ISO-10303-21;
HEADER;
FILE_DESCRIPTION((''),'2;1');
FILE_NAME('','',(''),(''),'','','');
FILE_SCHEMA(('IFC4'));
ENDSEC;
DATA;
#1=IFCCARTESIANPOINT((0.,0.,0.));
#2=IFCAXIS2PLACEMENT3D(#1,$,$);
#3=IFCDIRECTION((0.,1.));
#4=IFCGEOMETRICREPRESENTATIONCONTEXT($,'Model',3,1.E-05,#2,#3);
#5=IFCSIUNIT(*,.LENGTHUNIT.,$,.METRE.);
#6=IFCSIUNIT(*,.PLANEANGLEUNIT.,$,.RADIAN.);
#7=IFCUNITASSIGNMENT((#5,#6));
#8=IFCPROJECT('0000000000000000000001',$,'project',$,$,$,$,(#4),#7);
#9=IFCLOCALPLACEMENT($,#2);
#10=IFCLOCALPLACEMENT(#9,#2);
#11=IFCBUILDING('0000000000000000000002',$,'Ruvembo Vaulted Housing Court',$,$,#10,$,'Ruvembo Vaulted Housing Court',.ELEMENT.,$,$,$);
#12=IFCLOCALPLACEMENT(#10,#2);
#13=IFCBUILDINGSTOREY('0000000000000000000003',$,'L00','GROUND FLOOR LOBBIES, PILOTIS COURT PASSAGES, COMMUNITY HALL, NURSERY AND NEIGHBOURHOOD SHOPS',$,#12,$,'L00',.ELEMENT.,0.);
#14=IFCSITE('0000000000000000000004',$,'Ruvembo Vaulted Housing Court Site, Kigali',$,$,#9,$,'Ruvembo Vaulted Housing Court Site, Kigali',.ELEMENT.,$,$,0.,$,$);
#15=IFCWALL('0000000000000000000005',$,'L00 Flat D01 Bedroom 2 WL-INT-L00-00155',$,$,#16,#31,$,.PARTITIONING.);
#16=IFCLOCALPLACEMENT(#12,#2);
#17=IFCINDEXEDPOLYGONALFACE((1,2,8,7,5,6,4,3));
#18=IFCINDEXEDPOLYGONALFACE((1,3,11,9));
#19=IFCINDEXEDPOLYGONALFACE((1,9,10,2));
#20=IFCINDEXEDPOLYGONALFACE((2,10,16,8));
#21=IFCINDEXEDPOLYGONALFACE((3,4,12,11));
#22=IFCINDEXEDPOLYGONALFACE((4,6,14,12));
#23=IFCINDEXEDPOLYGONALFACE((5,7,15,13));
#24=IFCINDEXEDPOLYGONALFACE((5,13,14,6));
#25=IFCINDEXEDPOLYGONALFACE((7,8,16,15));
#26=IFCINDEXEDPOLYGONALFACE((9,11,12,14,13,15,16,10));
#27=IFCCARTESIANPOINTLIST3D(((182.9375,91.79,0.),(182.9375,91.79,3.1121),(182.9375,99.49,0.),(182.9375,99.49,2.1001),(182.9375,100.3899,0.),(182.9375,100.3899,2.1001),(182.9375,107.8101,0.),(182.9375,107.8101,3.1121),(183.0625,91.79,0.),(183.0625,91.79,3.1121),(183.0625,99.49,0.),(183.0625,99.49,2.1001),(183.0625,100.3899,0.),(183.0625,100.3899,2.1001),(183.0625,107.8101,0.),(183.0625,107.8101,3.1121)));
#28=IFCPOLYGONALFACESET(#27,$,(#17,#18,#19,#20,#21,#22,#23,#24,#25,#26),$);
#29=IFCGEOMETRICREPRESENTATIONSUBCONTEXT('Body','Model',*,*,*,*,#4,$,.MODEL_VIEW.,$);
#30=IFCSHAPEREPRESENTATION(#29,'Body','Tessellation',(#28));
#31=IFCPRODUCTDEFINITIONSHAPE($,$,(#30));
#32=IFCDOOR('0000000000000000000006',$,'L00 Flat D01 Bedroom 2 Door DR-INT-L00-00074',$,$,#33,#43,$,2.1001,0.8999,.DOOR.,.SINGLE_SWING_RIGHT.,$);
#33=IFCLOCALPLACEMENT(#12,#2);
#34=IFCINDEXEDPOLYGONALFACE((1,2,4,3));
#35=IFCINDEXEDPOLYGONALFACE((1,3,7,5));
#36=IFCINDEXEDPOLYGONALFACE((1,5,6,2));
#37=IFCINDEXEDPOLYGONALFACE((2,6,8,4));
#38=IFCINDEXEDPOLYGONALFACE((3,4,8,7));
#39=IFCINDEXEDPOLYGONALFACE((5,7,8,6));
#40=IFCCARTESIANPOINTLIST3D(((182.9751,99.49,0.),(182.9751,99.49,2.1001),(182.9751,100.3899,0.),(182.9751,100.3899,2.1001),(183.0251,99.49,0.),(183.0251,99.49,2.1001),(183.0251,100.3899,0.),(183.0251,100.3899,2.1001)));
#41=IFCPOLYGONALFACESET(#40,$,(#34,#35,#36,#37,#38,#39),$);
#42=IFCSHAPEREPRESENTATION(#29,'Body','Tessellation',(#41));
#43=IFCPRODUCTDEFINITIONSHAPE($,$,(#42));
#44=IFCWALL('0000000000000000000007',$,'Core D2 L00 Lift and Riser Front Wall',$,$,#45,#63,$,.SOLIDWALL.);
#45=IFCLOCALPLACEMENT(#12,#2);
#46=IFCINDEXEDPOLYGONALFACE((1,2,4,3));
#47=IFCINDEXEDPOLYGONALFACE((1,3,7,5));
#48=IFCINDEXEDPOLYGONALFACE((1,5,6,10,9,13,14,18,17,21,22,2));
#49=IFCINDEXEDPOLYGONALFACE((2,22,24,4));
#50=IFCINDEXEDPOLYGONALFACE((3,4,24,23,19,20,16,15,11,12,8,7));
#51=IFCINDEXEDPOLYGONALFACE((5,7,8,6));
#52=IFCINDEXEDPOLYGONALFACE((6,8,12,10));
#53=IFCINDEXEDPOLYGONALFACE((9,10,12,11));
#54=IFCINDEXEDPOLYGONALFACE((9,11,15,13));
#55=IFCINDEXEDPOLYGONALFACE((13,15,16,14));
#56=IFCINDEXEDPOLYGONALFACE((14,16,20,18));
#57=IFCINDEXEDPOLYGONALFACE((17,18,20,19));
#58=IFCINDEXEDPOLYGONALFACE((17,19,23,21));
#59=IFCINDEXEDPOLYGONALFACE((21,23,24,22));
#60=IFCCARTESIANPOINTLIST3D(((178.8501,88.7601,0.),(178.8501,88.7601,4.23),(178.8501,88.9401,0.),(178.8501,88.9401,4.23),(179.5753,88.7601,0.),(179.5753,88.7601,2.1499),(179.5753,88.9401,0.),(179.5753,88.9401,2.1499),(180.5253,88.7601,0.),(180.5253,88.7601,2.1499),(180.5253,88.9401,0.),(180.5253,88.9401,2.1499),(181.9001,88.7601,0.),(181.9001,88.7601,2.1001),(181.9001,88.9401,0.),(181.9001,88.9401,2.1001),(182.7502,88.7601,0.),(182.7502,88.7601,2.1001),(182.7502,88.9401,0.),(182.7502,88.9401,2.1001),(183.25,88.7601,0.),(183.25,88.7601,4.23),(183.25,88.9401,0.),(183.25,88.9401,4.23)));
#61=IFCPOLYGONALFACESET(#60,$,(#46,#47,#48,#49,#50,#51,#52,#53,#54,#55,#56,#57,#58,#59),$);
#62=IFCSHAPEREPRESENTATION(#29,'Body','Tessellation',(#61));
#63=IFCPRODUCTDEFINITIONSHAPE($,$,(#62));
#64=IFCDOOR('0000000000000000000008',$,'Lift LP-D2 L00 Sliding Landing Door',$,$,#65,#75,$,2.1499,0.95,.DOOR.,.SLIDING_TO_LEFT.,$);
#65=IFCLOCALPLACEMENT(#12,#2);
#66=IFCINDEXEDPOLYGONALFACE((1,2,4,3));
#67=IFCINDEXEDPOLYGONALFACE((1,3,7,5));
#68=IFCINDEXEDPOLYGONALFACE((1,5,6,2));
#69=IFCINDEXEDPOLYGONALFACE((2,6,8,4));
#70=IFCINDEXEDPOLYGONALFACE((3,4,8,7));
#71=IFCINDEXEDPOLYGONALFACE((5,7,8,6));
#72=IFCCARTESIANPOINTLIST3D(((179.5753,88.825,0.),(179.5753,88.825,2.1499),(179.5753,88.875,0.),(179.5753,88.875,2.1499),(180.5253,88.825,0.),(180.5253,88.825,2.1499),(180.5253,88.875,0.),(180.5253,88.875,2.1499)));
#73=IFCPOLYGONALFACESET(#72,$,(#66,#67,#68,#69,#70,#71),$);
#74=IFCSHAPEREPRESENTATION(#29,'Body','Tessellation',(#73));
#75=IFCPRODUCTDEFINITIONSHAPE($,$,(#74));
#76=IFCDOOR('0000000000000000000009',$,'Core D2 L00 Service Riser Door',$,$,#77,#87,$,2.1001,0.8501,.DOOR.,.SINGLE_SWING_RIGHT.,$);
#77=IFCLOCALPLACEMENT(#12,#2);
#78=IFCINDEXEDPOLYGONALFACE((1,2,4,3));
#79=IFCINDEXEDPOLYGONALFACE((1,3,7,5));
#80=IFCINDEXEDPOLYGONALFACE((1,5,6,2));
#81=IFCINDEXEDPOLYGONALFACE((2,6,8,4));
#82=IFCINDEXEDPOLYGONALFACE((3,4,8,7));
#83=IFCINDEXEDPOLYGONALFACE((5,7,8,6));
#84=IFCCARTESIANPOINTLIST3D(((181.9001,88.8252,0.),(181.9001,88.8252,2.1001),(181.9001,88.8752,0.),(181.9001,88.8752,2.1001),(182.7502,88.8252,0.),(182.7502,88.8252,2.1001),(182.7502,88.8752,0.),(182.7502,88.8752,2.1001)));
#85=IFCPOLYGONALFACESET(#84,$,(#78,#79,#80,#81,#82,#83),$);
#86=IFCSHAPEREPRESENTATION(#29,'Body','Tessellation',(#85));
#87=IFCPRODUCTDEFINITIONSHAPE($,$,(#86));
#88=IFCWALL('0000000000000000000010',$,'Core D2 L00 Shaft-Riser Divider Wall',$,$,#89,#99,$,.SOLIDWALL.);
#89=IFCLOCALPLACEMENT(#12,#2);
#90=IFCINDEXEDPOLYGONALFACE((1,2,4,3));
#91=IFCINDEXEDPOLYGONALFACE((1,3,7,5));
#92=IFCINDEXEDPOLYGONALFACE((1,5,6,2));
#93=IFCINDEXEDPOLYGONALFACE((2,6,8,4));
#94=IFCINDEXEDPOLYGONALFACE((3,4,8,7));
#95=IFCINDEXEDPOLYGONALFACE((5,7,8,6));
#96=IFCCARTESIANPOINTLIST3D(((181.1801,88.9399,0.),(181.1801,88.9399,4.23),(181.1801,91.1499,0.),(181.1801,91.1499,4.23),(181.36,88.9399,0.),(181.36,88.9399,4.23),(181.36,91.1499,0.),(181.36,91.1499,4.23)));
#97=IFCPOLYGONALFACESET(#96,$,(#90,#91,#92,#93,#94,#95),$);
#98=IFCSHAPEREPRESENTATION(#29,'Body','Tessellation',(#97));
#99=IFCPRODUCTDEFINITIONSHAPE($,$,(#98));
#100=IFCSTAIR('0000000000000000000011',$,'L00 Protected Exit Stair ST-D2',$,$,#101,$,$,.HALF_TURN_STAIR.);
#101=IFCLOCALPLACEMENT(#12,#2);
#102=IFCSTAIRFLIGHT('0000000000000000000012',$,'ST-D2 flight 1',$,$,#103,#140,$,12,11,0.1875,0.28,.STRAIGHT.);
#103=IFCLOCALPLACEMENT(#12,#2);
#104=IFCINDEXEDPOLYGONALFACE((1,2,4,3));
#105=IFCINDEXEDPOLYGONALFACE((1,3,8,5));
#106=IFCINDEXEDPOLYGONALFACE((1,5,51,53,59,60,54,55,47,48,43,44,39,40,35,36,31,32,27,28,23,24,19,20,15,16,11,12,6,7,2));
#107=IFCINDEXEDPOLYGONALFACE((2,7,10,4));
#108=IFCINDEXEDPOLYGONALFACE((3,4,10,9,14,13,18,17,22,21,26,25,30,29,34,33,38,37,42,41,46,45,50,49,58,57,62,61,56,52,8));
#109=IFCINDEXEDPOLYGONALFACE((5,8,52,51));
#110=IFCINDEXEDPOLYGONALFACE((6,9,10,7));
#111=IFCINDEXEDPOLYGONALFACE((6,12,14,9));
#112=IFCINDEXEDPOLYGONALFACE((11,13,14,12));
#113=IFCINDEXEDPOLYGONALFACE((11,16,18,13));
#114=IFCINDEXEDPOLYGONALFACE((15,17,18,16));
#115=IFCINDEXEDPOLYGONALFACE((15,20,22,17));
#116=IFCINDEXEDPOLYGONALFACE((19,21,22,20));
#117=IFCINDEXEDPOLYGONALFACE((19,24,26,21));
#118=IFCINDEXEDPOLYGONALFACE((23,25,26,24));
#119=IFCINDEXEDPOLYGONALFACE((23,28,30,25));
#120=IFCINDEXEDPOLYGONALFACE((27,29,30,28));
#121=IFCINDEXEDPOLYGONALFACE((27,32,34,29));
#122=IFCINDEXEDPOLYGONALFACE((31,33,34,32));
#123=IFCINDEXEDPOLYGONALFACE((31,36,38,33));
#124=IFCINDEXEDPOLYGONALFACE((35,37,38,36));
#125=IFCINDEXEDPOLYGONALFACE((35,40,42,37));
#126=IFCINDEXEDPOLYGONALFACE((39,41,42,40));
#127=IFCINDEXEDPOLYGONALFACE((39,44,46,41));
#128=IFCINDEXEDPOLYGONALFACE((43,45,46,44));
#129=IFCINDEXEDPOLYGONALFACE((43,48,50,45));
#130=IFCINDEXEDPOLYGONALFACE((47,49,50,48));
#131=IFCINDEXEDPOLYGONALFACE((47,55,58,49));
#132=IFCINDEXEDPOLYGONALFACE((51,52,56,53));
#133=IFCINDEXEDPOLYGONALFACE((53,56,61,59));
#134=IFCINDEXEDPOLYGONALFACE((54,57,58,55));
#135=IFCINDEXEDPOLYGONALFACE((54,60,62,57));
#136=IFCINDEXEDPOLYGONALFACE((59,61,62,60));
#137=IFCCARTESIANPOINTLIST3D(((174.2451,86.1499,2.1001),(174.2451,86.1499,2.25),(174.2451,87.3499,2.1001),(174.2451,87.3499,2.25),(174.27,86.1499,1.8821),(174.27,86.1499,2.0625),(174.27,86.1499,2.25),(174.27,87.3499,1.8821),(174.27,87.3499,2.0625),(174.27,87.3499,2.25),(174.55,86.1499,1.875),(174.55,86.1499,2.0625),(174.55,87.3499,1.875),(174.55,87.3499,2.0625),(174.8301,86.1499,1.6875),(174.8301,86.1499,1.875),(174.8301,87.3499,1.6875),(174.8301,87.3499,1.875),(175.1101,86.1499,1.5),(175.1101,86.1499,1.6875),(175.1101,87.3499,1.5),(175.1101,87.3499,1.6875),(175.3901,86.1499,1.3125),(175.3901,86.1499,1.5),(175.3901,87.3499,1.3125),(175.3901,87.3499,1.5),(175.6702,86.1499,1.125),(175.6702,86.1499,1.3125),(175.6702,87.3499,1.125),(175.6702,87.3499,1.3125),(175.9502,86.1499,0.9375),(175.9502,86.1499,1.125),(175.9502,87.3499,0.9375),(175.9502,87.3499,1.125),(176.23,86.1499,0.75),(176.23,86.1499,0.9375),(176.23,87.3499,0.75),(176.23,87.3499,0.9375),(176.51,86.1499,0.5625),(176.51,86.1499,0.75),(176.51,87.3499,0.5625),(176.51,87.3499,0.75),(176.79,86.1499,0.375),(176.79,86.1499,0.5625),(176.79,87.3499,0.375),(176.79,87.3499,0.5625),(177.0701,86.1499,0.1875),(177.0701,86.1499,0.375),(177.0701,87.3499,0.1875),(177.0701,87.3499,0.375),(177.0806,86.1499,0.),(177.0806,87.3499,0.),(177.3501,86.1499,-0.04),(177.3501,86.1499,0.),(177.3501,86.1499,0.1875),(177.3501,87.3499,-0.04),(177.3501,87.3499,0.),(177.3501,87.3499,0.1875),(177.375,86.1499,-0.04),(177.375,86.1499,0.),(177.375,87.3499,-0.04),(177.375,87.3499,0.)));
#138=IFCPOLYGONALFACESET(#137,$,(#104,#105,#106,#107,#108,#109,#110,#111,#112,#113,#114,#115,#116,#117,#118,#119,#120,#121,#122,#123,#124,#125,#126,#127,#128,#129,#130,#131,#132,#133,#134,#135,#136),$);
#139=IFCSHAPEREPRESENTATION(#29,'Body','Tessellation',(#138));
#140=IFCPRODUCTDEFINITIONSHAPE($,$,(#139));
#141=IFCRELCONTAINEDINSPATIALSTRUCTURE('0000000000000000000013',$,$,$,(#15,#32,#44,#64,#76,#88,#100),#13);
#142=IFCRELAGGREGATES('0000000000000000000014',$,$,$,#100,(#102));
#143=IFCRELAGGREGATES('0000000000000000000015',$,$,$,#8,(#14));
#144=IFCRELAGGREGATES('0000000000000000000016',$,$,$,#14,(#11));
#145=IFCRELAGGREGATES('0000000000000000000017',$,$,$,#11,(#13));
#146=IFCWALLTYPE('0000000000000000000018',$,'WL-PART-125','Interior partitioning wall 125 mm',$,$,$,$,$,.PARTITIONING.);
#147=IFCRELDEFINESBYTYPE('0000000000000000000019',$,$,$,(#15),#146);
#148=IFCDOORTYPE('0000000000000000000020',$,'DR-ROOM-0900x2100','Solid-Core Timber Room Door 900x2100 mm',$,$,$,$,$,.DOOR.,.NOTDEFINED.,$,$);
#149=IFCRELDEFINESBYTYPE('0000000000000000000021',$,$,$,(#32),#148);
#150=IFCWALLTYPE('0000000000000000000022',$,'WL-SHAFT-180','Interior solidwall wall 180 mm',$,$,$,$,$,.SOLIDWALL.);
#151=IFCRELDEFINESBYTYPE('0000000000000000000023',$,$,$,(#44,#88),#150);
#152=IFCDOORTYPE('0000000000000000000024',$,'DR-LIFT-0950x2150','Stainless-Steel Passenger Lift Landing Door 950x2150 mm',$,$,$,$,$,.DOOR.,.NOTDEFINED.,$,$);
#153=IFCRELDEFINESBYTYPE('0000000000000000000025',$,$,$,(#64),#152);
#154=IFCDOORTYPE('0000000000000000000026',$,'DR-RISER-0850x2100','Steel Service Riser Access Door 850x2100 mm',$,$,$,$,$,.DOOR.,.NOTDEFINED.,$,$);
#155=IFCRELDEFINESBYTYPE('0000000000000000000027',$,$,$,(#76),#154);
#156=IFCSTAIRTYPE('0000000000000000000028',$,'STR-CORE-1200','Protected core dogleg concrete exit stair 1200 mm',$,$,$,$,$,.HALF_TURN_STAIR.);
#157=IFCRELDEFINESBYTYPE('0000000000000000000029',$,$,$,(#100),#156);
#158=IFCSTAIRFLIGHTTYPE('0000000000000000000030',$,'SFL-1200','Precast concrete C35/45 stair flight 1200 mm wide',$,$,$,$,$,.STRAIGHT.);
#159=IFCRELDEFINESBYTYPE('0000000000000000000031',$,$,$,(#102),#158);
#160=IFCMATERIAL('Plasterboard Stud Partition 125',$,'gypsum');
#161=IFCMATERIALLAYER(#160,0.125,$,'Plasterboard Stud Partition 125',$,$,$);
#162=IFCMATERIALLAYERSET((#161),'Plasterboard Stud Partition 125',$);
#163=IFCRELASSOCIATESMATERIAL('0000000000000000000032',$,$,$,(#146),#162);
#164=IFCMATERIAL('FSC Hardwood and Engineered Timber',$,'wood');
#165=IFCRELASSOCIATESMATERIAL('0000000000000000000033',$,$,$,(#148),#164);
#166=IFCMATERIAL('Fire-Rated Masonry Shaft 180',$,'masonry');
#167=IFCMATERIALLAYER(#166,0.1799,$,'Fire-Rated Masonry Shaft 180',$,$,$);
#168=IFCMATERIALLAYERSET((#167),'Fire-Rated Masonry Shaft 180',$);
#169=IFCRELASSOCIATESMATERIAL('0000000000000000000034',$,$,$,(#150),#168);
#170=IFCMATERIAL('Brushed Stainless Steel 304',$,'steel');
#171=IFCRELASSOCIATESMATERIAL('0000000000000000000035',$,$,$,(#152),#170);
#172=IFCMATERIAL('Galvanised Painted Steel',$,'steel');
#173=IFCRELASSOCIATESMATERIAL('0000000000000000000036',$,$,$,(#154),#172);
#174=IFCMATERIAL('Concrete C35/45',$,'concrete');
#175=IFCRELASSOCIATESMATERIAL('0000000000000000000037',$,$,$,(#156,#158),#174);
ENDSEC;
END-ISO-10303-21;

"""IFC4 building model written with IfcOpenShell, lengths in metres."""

from ifc_helpers import new_model, si_unit, direction, frame, frame_2d, origin, place, context, subcontext, project, spatial, polyline, rectangle, outline, extrude, material, layer, layer_set, type_object, element, fill, aggregate, save


model = new_model("IFC4")

# Units and contexts
model_context = context("Model", 3, precision=1e-05, world=origin(), true_north=direction((0.0, 1.0)))
body_context = subcontext(model_context, "Body", "Model", "MODEL_VIEW")
ifc_project = project(units=[si_unit("LENGTHUNIT", "METRE"), si_unit("PLANEANGLEUNIT", "RADIAN")], contexts=[model_context])

# Site, building, storey
site_placement = place(None, origin())
site = spatial("IfcSite", under=ifc_project, at=site_placement, Name="Ruvembo Vaulted Housing Court Site, Kigali", LongName="Ruvembo Vaulted Housing Court Site, Kigali", CompositionType="ELEMENT", RefElevation=0.0)
building_placement = place(site_placement, origin())
building = spatial("IfcBuilding", under=site, at=building_placement, Name="Ruvembo Vaulted Housing Court", LongName="Ruvembo Vaulted Housing Court", CompositionType="ELEMENT")
storey_placement = place(building_placement, origin())
storey = spatial("IfcBuildingStorey", under=building, at=storey_placement, Name="L00", Description="GROUND FLOOR LOBBIES, PILOTIS COURT PASSAGES, COMMUNITY HALL, NURSERY AND NEIGHBOURHOOD SHOPS", LongName="L00", CompositionType="ELEMENT", Elevation=0.0)

# Shared definitions
ifc_material_1 = material(Name="Concrete C35/45", Category="concrete")

# Shared definitions
ifc_material_2 = material(Name="Galvanised Painted Steel", Category="steel")

# Wall, opening, door
ifc_material_3 = material(Name="Plasterboard Stud Partition 125", Category="gypsum")
ifc_layer_1 = layer(ifc_material_3, 0.125, Name="Plasterboard Stud Partition 125")
ifc_layer_set_1 = layer_set([ifc_layer_1], Name="Plasterboard Stud Partition 125")
wall_type_1 = type_object("IfcWallType", Name="WL-PART-125", Description="Interior partitioning wall 125 mm", PredefinedType="PARTITIONING", material=ifc_layer_set_1)
wall_1_placement = place(storey_placement, frame((183.0, 91.79, 0.0), z_axis=(0.0, 0.0, 1.0), x_axis=(0.0, 1.0, 0.0)))
wall_1 = element("IfcWall", 1, at=wall_1_placement, inside=storey, type_object=wall_type_1, Name="L00 Flat D01 Bedroom 2 WL-INT-L00-00155", PredefinedType="PARTITIONING", context=body_context, shape_type="SweptSolid", body=[
    extrude(rectangle(XDim=16.02, YDim=0.125, at=frame_2d((8.01, 0.0))), origin(), (0.0, 0.0, 1.0), 3.1121),
])
opening_1_placement = place(wall_1_placement, frame((7.7, 0.0, 0.0)))
opening_1 = element("IfcOpeningElement", 2, at=opening_1_placement, cuts=wall_1, PredefinedType="OPENING", context=body_context, shape_type="SweptSolid", body=[
    extrude(rectangle(XDim=0.8999, YDim=2.1001, at=frame_2d((0.45, 1.05))), frame((0.0, 0.0725, 0.0), z_axis=(0.0, -1.0, 0.0), x_axis=(1.0, 0.0, 0.0)), (0.0, 0.0, 1.0), 0.145),
])
ifc_material_4 = material(Name="FSC Hardwood and Engineered Timber", Category="wood")
door_type_1 = type_object("IfcDoorType", Name="DR-ROOM-0900x2100", Description="Solid-Core Timber Room Door 900x2100 mm", OperationType="NOTDEFINED", PredefinedType="DOOR", material=ifc_material_4)
door_1_placement = place(opening_1_placement, origin())
door_1 = element("IfcDoor", 3, at=door_1_placement, inside=storey, type_object=door_type_1, Name="L00 Flat D01 Bedroom 2 Door DR-INT-L00-00074", OperationType="SINGLE_SWING_RIGHT", OverallHeight=2.1001, OverallWidth=0.8999, PredefinedType="DOOR", context=body_context, shape_type="SweptSolid", body=[
    extrude(rectangle(XDim=0.8999, YDim=2.1001, at=frame_2d((0.45, 1.05))), frame((0.0, 0.0249, 0.0), z_axis=(0.0, -1.0, 0.0), x_axis=(1.0, 0.0, 0.0)), (0.0, 0.0, 1.0), 0.05),
])
fill(opening_1, door_1)

# Wall, openings, doors
ifc_material_5 = material(Name="Fire-Rated Masonry Shaft 180", Category="masonry")
ifc_layer_2 = layer(ifc_material_5, 0.1799, Name="Fire-Rated Masonry Shaft 180")
ifc_layer_set_2 = layer_set([ifc_layer_2], Name="Fire-Rated Masonry Shaft 180")
wall_type_2 = type_object("IfcWallType", Name="WL-SHAFT-180", Description="Interior solidwall wall 180 mm", PredefinedType="SOLIDWALL", material=ifc_layer_set_2)
wall_2_placement = place(storey_placement, frame((178.8501, 88.8501, 0.0), z_axis=(0.0, 0.0, 1.0), x_axis=(1.0, 0.0, 0.0)))
wall_2 = element("IfcWall", 4, at=wall_2_placement, inside=storey, type_object=wall_type_2, Name="Core D2 L00 Lift and Riser Front Wall", PredefinedType="SOLIDWALL", context=body_context, shape_type="SweptSolid", body=[
    extrude(rectangle(XDim=4.3999, YDim=0.1799, at=frame_2d((2.2, 0.0))), origin(), (0.0, 0.0, 1.0), 4.23),
])
opening_2_placement = place(wall_2_placement, frame((0.7251, 0.0, 0.0)))
opening_2 = element("IfcOpeningElement", 5, at=opening_2_placement, cuts=wall_2, PredefinedType="OPENING", context=body_context, shape_type="SweptSolid", body=[
    extrude(rectangle(XDim=0.95, YDim=2.1499, at=frame_2d((0.4751, 1.075))), frame((0.0, 0.0999, 0.0), z_axis=(0.0, -1.0, 0.0), x_axis=(1.0, 0.0, 0.0)), (0.0, 0.0, 1.0), 0.2),
])
opening_3_placement = place(wall_2_placement, frame((3.05, 0.0, 0.0)))
opening_3 = element("IfcOpeningElement", 6, at=opening_3_placement, cuts=wall_2, PredefinedType="OPENING", context=body_context, shape_type="SweptSolid", body=[
    extrude(rectangle(XDim=0.8501, YDim=2.1001, at=frame_2d((0.425, 1.05))), frame((0.0, 0.0999, 0.0), z_axis=(0.0, -1.0, 0.0), x_axis=(1.0, 0.0, 0.0)), (0.0, 0.0, 1.0), 0.2),
])
ifc_material_6 = material(Name="Brushed Stainless Steel 304", Category="steel")
door_type_2 = type_object("IfcDoorType", Name="DR-LIFT-0950x2150", Description="Stainless-Steel Passenger Lift Landing Door 950x2150 mm", OperationType="NOTDEFINED", PredefinedType="DOOR", material=ifc_material_6)
door_2_placement = place(opening_2_placement, origin())
door_2 = element("IfcDoor", 7, at=door_2_placement, inside=storey, type_object=door_type_2, Name="Lift LP-D2 L00 Sliding Landing Door", OperationType="SLIDING_TO_LEFT", OverallHeight=2.1499, OverallWidth=0.95, PredefinedType="DOOR", context=body_context, shape_type="SweptSolid", body=[
    extrude(rectangle(XDim=0.95, YDim=2.1499, at=frame_2d((0.4751, 1.075))), frame((0.0, 0.0249, 0.0), z_axis=(0.0, -1.0, 0.0), x_axis=(1.0, 0.0, 0.0)), (0.0, 0.0, 1.0), 0.05),
])
fill(opening_2, door_2)
door_type_3 = type_object("IfcDoorType", Name="DR-RISER-0850x2100", Description="Steel Service Riser Access Door 850x2100 mm", OperationType="NOTDEFINED", PredefinedType="DOOR", material=ifc_material_2)
door_3_placement = place(opening_3_placement, frame((0.8501, 0.0, 0.0), z_axis=(0.0, 0.0, 1.0), x_axis=(-1.0, 0.0, 0.0)))
door_3 = element("IfcDoor", 8, at=door_3_placement, inside=storey, type_object=door_type_3, Name="Core D2 L00 Service Riser Door", OperationType="SINGLE_SWING_RIGHT", OverallHeight=2.1001, OverallWidth=0.8501, PredefinedType="DOOR", context=body_context, shape_type="SweptSolid", body=[
    extrude(rectangle(XDim=0.8501, YDim=2.1001, at=frame_2d((0.425, 1.05))), frame((0.0, 0.0249, 0.0), z_axis=(0.0, -1.0, 0.0), x_axis=(1.0, 0.0, 0.0)), (0.0, 0.0, 1.0), 0.05),
])
fill(opening_3, door_3)

# Wall
wall_3_placement = place(storey_placement, frame((181.27, 88.9399, 0.0), z_axis=(0.0, 0.0, 1.0), x_axis=(0.0, 1.0, 0.0)))
element("IfcWall", 9, at=wall_3_placement, inside=storey, type_object=wall_type_2, Name="Core D2 L00 Shaft-Riser Divider Wall", PredefinedType="SOLIDWALL", context=body_context, shape_type="SweptSolid", body=[
    extrude(rectangle(XDim=2.21, YDim=0.1799, at=frame_2d((1.105, 0.0))), origin(), (0.0, 0.0, 1.0), 4.23),
])

# Stair, stair flight
stair_type = type_object("IfcStairType", Name="STR-CORE-1200", Description="Protected core dogleg concrete exit stair 1200 mm", PredefinedType="HALF_TURN_STAIR", material=ifc_material_1)
stair_placement = place(storey_placement, origin())
stair = element("IfcStair", 10, at=stair_placement, inside=storey, type_object=stair_type, Name="L00 Protected Exit Stair ST-D2", PredefinedType="HALF_TURN_STAIR")
stair_flight_type = type_object("IfcStairFlightType", Name="SFL-1200", Description="Precast concrete C35/45 stair flight 1200 mm wide", PredefinedType="STRAIGHT", material=ifc_material_1)
stair_flight_placement = place(storey_placement, frame((177.3501, 86.75, 0.0), z_axis=(0.0, 0.0, 1.0), x_axis=(-1.0, 0.0, 0.0)))
stair_flight = element("IfcStairFlight", 11, at=stair_flight_placement, type_object=stair_flight_type, Name="ST-D2 flight 1", NumberOfRisers=12, NumberOfTreads=11, PredefinedType="STRAIGHT", RiserHeight=0.1875, TreadLength=0.28, context=body_context, shape_type="SweptSolid", body=[
    extrude(outline(polyline([(-0.0249, -0.04), (-0.0249, 0.0), (0.0, 0.0), (0.0, 0.1875), (0.28, 0.1875), (0.28, 0.375), (0.5601, 0.375), (0.5601, 0.5625), (0.8401, 0.5625), (0.8401, 0.75), (1.1201, 0.75), (1.1201, 0.9375), (1.3999, 0.9375), (1.3999, 1.125), (1.6799, 1.125), (1.6799, 1.3125), (1.96, 1.3125), (1.96, 1.5), (2.24, 1.5), (2.24, 1.6875), (2.52, 1.6875), (2.52, 1.875), (2.8, 1.875), (2.8, 2.0625), (3.0801, 2.0625), (3.0801, 2.25), (3.105, 2.25), (3.105, 2.1001), (3.0801, 1.8821), (0.2695, 0.0), (0.0, -0.04), (-0.0249, -0.04)])), frame((0.0, 0.6001, 0.0), z_axis=(0.0, -1.0, 0.0), x_axis=(1.0, 0.0, 0.0)), (0.0, 0.0, 1.0), 1.2),
])
aggregate(stair, [stair_flight])

save(model, "model.ifc")
